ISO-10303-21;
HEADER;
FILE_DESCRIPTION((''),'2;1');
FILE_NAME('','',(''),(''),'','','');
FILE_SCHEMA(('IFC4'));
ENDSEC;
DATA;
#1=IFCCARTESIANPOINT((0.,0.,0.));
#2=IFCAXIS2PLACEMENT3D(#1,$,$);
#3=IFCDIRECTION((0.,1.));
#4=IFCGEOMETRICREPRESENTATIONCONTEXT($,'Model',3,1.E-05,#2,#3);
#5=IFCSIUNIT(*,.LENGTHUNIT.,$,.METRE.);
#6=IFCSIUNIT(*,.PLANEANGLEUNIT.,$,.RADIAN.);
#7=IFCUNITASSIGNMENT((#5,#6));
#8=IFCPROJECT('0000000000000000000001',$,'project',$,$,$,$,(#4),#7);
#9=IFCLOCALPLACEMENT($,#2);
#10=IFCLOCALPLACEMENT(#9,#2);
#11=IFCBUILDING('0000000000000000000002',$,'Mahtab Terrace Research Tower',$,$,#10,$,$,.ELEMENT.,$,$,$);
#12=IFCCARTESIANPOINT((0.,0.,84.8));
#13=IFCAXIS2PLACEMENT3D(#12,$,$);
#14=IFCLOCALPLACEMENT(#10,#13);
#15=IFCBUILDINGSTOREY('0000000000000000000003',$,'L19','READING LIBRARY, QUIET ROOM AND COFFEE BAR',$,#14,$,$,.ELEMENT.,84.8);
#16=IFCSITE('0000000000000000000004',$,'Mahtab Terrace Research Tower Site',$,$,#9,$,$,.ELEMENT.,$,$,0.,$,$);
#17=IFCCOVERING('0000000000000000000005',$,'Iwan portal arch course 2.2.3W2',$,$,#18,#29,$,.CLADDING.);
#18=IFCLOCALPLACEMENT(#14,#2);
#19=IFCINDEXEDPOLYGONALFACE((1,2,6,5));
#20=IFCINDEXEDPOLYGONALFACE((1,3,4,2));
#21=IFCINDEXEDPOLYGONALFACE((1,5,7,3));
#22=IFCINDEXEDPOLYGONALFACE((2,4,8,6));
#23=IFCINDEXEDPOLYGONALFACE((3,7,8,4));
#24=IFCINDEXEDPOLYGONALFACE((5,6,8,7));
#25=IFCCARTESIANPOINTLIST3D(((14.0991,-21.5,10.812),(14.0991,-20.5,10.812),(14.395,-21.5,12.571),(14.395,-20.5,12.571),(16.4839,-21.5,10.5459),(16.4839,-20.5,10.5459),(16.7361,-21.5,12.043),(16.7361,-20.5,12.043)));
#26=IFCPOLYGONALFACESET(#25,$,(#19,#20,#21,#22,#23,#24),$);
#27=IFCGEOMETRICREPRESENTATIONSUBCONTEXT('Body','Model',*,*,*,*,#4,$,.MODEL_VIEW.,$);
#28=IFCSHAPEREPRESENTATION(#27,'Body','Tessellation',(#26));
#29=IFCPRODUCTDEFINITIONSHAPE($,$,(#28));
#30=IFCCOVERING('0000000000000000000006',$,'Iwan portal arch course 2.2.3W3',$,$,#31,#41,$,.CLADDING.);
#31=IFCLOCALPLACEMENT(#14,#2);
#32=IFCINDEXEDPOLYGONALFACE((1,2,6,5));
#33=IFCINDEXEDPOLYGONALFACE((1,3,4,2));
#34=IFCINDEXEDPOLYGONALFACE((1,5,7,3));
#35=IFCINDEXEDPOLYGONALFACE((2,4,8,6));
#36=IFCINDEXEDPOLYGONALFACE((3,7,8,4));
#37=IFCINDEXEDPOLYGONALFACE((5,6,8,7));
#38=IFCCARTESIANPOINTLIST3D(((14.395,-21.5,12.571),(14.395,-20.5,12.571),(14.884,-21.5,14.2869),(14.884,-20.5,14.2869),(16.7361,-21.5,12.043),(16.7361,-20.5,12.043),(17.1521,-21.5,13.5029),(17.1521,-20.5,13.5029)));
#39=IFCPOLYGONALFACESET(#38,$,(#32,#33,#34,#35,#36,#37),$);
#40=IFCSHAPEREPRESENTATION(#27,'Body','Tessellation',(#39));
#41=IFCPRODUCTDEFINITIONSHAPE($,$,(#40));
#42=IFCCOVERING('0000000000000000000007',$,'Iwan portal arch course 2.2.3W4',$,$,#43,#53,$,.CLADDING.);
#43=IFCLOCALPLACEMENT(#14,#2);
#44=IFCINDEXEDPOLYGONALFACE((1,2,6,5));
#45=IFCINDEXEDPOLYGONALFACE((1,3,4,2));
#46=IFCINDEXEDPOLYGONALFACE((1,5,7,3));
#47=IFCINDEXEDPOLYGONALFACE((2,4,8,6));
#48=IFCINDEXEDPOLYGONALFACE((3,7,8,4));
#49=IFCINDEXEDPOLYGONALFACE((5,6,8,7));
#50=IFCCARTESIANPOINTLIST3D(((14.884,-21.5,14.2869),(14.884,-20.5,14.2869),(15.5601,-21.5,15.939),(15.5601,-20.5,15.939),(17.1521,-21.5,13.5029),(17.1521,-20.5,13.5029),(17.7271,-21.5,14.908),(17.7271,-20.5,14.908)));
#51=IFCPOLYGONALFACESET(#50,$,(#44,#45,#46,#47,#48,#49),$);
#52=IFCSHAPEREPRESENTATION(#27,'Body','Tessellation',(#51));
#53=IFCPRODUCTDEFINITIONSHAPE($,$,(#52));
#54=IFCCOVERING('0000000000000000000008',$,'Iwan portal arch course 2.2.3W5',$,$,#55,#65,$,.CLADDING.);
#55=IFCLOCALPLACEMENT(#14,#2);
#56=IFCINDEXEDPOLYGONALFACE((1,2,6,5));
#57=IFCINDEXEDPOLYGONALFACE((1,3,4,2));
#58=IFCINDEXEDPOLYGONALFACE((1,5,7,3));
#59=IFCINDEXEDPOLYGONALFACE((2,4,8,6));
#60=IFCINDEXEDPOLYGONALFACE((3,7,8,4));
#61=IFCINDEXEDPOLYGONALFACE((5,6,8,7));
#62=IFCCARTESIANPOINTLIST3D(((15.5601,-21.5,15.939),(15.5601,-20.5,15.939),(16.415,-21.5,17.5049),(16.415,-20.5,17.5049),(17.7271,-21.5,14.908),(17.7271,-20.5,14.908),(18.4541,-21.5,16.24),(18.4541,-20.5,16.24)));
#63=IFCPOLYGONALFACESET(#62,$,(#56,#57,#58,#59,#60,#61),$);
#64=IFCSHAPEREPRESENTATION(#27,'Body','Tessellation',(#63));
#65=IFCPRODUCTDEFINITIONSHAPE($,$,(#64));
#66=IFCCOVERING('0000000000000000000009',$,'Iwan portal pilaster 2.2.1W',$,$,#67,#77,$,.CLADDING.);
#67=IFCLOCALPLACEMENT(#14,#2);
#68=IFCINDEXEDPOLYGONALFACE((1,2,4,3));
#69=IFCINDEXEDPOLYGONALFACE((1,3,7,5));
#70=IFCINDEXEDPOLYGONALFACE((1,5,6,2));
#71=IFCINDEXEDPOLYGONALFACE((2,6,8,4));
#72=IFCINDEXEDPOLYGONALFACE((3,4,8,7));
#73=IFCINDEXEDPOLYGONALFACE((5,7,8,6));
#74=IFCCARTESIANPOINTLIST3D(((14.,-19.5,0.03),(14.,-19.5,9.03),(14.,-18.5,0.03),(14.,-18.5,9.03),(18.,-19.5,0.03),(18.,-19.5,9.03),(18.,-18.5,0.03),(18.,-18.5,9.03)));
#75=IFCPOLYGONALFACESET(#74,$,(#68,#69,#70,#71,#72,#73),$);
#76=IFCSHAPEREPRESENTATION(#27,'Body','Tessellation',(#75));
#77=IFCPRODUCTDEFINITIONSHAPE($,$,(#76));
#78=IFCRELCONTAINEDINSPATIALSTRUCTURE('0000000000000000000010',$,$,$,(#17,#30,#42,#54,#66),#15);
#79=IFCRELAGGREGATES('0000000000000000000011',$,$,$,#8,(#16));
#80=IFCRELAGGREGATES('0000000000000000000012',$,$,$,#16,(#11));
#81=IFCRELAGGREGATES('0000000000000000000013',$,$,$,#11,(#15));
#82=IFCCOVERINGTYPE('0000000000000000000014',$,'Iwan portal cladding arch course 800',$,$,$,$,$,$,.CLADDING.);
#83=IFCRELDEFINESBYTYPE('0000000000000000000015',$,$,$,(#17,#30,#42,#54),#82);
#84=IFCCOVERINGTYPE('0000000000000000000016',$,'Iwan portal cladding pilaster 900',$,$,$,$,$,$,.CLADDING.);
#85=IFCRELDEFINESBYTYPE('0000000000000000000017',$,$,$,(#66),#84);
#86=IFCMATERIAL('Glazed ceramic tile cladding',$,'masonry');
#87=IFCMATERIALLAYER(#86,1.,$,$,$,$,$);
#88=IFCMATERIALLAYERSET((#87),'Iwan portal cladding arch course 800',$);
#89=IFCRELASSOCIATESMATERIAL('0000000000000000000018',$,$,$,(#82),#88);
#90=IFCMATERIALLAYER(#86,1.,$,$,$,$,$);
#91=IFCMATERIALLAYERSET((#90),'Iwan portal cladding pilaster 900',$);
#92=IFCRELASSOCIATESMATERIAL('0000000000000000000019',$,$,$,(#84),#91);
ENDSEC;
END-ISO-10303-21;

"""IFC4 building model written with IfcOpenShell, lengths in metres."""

from ifc_helpers import new_model, si_unit, direction, frame, origin, origin_2d, place, context, subcontext, project, spatial, polyline, rectangle, outline, extrude, material, layer, layer_set, type_object, element, save


model = new_model("IFC4")

# Units and contexts
model_context = context("Model", 3, precision=1e-05, world=origin(), true_north=direction((0.0, 1.0)))
body_context = subcontext(model_context, "Body", "Model", "MODEL_VIEW")
ifc_project = project(units=[si_unit("LENGTHUNIT", "METRE"), si_unit("PLANEANGLEUNIT", "RADIAN")], contexts=[model_context])

# Site, building, storey
site_placement = place(None, origin())
site = spatial("IfcSite", under=ifc_project, at=site_placement, Name="Mahtab Terrace Research Tower Site", CompositionType="ELEMENT", RefElevation=0.0)
building_placement = place(site_placement, origin())
building = spatial("IfcBuilding", under=site, at=building_placement, Name="Mahtab Terrace Research Tower", CompositionType="ELEMENT")
storey_placement = place(building_placement, frame((0.0, 0.0, 84.8)))
storey = spatial("IfcBuildingStorey", under=building, at=storey_placement, Name="L19", Description="READING LIBRARY, QUIET ROOM AND COFFEE BAR", CompositionType="ELEMENT", Elevation=84.8)

# Coverings
ifc_material_1 = material(Name="Glazed ceramic tile cladding", Category="masonry")
ifc_layer_1 = layer(ifc_material_1, 1.0)
ifc_layer_set_1 = layer_set([ifc_layer_1], Name="Iwan portal cladding arch course 800")
covering_type_1 = type_object("IfcCoveringType", Name="Iwan portal cladding arch course 800", PredefinedType="CLADDING", material=ifc_layer_set_1)
covering_1_placement = place(storey_placement, frame((14.0991, -20.5, 10.812), z_axis=(0.0, 1.0, 0.0), x_axis=(0.165886, 0.0, 0.986145)))
element("IfcCovering", 1, at=covering_1_placement, inside=storey, type_object=covering_type_1, Name="Iwan portal arch course 2.2.3W2", PredefinedType="CLADDING", context=body_context, shape_type="SweptSolid", body=[
    extrude(outline(polyline([(0.0, 0.0), (1.7837, 0.0), (1.6513, 2.3962), (0.1332, 2.3959), (0.0, 0.0)])), origin(), (0.0, 0.0, -1.0), 1.0),
])
covering_2_placement = place(storey_placement, frame((14.395, -20.5, 12.571), z_axis=(0.0, 1.0, 0.0), x_axis=(0.274089, 0.0, 0.961704)))
element("IfcCovering", 2, at=covering_2_placement, inside=storey, type_object=covering_type_1, Name="Iwan portal arch course 2.2.3W3", PredefinedType="CLADDING", context=body_context, shape_type="SweptSolid", body=[
    extrude(outline(polyline([(0.0, 0.0), (1.7841, 0.0), (1.6519, 2.3961), (0.1338, 2.3962), (0.0, 0.0)])), origin(), (0.0, 0.0, -1.0), 1.0),
])
covering_3_placement = place(storey_placement, frame((14.884, -20.5, 14.2869), z_axis=(0.0, 1.0, 0.0), x_axis=(0.378713, 0.0, 0.925514)))
element("IfcCovering", 3, at=covering_3_placement, inside=storey, type_object=covering_type_1, Name="Iwan portal arch course 2.2.3W4", PredefinedType="CLADDING", context=body_context, shape_type="SweptSolid", body=[
    extrude(outline(polyline([(0.0, 0.0), (1.7851, 0.0), (1.6515, 2.396), (0.1334, 2.396), (0.0, 0.0)])), origin(), (0.0, 0.0, -1.0), 1.0),
])
covering_4_placement = place(storey_placement, frame((15.5601, -20.5, 15.939), z_axis=(0.0, 1.0, 0.0), x_axis=(0.479216, 0.0, 0.877697)))
element("IfcCovering", 4, at=covering_4_placement, inside=storey, type_object=covering_type_1, Name="Iwan portal arch course 2.2.3W5", PredefinedType="CLADDING", context=body_context, shape_type="SweptSolid", body=[
    extrude(outline(polyline([(0.0, 0.0), (1.7841, 0.0), (1.6511, 2.3958), (0.1335, 2.396), (0.0, 0.0)])), origin(), (0.0, 0.0, -1.0), 1.0),
])
ifc_layer_2 = layer(ifc_material_1, 1.0)
ifc_layer_set_2 = layer_set([ifc_layer_2], Name="Iwan portal cladding pilaster 900")
covering_type_2 = type_object("IfcCoveringType", Name="Iwan portal cladding pilaster 900", PredefinedType="CLADDING", material=ifc_layer_set_2)
covering_5_placement = place(storey_placement, frame((16.0, -19.0, 0.03), z_axis=(0.0, 0.0, 1.0), x_axis=(1.0, 0.0, 0.0)))
element("IfcCovering", 5, at=covering_5_placement, inside=storey, type_object=covering_type_2, Name="Iwan portal pilaster 2.2.1W", PredefinedType="CLADDING", context=body_context, shape_type="SweptSolid", body=[
    extrude(rectangle(XDim=4.0, YDim=1.0, at=origin_2d()), origin(), (0.0, 0.0, 1.0), 9.0),
])

save(model, "model.ifc")
